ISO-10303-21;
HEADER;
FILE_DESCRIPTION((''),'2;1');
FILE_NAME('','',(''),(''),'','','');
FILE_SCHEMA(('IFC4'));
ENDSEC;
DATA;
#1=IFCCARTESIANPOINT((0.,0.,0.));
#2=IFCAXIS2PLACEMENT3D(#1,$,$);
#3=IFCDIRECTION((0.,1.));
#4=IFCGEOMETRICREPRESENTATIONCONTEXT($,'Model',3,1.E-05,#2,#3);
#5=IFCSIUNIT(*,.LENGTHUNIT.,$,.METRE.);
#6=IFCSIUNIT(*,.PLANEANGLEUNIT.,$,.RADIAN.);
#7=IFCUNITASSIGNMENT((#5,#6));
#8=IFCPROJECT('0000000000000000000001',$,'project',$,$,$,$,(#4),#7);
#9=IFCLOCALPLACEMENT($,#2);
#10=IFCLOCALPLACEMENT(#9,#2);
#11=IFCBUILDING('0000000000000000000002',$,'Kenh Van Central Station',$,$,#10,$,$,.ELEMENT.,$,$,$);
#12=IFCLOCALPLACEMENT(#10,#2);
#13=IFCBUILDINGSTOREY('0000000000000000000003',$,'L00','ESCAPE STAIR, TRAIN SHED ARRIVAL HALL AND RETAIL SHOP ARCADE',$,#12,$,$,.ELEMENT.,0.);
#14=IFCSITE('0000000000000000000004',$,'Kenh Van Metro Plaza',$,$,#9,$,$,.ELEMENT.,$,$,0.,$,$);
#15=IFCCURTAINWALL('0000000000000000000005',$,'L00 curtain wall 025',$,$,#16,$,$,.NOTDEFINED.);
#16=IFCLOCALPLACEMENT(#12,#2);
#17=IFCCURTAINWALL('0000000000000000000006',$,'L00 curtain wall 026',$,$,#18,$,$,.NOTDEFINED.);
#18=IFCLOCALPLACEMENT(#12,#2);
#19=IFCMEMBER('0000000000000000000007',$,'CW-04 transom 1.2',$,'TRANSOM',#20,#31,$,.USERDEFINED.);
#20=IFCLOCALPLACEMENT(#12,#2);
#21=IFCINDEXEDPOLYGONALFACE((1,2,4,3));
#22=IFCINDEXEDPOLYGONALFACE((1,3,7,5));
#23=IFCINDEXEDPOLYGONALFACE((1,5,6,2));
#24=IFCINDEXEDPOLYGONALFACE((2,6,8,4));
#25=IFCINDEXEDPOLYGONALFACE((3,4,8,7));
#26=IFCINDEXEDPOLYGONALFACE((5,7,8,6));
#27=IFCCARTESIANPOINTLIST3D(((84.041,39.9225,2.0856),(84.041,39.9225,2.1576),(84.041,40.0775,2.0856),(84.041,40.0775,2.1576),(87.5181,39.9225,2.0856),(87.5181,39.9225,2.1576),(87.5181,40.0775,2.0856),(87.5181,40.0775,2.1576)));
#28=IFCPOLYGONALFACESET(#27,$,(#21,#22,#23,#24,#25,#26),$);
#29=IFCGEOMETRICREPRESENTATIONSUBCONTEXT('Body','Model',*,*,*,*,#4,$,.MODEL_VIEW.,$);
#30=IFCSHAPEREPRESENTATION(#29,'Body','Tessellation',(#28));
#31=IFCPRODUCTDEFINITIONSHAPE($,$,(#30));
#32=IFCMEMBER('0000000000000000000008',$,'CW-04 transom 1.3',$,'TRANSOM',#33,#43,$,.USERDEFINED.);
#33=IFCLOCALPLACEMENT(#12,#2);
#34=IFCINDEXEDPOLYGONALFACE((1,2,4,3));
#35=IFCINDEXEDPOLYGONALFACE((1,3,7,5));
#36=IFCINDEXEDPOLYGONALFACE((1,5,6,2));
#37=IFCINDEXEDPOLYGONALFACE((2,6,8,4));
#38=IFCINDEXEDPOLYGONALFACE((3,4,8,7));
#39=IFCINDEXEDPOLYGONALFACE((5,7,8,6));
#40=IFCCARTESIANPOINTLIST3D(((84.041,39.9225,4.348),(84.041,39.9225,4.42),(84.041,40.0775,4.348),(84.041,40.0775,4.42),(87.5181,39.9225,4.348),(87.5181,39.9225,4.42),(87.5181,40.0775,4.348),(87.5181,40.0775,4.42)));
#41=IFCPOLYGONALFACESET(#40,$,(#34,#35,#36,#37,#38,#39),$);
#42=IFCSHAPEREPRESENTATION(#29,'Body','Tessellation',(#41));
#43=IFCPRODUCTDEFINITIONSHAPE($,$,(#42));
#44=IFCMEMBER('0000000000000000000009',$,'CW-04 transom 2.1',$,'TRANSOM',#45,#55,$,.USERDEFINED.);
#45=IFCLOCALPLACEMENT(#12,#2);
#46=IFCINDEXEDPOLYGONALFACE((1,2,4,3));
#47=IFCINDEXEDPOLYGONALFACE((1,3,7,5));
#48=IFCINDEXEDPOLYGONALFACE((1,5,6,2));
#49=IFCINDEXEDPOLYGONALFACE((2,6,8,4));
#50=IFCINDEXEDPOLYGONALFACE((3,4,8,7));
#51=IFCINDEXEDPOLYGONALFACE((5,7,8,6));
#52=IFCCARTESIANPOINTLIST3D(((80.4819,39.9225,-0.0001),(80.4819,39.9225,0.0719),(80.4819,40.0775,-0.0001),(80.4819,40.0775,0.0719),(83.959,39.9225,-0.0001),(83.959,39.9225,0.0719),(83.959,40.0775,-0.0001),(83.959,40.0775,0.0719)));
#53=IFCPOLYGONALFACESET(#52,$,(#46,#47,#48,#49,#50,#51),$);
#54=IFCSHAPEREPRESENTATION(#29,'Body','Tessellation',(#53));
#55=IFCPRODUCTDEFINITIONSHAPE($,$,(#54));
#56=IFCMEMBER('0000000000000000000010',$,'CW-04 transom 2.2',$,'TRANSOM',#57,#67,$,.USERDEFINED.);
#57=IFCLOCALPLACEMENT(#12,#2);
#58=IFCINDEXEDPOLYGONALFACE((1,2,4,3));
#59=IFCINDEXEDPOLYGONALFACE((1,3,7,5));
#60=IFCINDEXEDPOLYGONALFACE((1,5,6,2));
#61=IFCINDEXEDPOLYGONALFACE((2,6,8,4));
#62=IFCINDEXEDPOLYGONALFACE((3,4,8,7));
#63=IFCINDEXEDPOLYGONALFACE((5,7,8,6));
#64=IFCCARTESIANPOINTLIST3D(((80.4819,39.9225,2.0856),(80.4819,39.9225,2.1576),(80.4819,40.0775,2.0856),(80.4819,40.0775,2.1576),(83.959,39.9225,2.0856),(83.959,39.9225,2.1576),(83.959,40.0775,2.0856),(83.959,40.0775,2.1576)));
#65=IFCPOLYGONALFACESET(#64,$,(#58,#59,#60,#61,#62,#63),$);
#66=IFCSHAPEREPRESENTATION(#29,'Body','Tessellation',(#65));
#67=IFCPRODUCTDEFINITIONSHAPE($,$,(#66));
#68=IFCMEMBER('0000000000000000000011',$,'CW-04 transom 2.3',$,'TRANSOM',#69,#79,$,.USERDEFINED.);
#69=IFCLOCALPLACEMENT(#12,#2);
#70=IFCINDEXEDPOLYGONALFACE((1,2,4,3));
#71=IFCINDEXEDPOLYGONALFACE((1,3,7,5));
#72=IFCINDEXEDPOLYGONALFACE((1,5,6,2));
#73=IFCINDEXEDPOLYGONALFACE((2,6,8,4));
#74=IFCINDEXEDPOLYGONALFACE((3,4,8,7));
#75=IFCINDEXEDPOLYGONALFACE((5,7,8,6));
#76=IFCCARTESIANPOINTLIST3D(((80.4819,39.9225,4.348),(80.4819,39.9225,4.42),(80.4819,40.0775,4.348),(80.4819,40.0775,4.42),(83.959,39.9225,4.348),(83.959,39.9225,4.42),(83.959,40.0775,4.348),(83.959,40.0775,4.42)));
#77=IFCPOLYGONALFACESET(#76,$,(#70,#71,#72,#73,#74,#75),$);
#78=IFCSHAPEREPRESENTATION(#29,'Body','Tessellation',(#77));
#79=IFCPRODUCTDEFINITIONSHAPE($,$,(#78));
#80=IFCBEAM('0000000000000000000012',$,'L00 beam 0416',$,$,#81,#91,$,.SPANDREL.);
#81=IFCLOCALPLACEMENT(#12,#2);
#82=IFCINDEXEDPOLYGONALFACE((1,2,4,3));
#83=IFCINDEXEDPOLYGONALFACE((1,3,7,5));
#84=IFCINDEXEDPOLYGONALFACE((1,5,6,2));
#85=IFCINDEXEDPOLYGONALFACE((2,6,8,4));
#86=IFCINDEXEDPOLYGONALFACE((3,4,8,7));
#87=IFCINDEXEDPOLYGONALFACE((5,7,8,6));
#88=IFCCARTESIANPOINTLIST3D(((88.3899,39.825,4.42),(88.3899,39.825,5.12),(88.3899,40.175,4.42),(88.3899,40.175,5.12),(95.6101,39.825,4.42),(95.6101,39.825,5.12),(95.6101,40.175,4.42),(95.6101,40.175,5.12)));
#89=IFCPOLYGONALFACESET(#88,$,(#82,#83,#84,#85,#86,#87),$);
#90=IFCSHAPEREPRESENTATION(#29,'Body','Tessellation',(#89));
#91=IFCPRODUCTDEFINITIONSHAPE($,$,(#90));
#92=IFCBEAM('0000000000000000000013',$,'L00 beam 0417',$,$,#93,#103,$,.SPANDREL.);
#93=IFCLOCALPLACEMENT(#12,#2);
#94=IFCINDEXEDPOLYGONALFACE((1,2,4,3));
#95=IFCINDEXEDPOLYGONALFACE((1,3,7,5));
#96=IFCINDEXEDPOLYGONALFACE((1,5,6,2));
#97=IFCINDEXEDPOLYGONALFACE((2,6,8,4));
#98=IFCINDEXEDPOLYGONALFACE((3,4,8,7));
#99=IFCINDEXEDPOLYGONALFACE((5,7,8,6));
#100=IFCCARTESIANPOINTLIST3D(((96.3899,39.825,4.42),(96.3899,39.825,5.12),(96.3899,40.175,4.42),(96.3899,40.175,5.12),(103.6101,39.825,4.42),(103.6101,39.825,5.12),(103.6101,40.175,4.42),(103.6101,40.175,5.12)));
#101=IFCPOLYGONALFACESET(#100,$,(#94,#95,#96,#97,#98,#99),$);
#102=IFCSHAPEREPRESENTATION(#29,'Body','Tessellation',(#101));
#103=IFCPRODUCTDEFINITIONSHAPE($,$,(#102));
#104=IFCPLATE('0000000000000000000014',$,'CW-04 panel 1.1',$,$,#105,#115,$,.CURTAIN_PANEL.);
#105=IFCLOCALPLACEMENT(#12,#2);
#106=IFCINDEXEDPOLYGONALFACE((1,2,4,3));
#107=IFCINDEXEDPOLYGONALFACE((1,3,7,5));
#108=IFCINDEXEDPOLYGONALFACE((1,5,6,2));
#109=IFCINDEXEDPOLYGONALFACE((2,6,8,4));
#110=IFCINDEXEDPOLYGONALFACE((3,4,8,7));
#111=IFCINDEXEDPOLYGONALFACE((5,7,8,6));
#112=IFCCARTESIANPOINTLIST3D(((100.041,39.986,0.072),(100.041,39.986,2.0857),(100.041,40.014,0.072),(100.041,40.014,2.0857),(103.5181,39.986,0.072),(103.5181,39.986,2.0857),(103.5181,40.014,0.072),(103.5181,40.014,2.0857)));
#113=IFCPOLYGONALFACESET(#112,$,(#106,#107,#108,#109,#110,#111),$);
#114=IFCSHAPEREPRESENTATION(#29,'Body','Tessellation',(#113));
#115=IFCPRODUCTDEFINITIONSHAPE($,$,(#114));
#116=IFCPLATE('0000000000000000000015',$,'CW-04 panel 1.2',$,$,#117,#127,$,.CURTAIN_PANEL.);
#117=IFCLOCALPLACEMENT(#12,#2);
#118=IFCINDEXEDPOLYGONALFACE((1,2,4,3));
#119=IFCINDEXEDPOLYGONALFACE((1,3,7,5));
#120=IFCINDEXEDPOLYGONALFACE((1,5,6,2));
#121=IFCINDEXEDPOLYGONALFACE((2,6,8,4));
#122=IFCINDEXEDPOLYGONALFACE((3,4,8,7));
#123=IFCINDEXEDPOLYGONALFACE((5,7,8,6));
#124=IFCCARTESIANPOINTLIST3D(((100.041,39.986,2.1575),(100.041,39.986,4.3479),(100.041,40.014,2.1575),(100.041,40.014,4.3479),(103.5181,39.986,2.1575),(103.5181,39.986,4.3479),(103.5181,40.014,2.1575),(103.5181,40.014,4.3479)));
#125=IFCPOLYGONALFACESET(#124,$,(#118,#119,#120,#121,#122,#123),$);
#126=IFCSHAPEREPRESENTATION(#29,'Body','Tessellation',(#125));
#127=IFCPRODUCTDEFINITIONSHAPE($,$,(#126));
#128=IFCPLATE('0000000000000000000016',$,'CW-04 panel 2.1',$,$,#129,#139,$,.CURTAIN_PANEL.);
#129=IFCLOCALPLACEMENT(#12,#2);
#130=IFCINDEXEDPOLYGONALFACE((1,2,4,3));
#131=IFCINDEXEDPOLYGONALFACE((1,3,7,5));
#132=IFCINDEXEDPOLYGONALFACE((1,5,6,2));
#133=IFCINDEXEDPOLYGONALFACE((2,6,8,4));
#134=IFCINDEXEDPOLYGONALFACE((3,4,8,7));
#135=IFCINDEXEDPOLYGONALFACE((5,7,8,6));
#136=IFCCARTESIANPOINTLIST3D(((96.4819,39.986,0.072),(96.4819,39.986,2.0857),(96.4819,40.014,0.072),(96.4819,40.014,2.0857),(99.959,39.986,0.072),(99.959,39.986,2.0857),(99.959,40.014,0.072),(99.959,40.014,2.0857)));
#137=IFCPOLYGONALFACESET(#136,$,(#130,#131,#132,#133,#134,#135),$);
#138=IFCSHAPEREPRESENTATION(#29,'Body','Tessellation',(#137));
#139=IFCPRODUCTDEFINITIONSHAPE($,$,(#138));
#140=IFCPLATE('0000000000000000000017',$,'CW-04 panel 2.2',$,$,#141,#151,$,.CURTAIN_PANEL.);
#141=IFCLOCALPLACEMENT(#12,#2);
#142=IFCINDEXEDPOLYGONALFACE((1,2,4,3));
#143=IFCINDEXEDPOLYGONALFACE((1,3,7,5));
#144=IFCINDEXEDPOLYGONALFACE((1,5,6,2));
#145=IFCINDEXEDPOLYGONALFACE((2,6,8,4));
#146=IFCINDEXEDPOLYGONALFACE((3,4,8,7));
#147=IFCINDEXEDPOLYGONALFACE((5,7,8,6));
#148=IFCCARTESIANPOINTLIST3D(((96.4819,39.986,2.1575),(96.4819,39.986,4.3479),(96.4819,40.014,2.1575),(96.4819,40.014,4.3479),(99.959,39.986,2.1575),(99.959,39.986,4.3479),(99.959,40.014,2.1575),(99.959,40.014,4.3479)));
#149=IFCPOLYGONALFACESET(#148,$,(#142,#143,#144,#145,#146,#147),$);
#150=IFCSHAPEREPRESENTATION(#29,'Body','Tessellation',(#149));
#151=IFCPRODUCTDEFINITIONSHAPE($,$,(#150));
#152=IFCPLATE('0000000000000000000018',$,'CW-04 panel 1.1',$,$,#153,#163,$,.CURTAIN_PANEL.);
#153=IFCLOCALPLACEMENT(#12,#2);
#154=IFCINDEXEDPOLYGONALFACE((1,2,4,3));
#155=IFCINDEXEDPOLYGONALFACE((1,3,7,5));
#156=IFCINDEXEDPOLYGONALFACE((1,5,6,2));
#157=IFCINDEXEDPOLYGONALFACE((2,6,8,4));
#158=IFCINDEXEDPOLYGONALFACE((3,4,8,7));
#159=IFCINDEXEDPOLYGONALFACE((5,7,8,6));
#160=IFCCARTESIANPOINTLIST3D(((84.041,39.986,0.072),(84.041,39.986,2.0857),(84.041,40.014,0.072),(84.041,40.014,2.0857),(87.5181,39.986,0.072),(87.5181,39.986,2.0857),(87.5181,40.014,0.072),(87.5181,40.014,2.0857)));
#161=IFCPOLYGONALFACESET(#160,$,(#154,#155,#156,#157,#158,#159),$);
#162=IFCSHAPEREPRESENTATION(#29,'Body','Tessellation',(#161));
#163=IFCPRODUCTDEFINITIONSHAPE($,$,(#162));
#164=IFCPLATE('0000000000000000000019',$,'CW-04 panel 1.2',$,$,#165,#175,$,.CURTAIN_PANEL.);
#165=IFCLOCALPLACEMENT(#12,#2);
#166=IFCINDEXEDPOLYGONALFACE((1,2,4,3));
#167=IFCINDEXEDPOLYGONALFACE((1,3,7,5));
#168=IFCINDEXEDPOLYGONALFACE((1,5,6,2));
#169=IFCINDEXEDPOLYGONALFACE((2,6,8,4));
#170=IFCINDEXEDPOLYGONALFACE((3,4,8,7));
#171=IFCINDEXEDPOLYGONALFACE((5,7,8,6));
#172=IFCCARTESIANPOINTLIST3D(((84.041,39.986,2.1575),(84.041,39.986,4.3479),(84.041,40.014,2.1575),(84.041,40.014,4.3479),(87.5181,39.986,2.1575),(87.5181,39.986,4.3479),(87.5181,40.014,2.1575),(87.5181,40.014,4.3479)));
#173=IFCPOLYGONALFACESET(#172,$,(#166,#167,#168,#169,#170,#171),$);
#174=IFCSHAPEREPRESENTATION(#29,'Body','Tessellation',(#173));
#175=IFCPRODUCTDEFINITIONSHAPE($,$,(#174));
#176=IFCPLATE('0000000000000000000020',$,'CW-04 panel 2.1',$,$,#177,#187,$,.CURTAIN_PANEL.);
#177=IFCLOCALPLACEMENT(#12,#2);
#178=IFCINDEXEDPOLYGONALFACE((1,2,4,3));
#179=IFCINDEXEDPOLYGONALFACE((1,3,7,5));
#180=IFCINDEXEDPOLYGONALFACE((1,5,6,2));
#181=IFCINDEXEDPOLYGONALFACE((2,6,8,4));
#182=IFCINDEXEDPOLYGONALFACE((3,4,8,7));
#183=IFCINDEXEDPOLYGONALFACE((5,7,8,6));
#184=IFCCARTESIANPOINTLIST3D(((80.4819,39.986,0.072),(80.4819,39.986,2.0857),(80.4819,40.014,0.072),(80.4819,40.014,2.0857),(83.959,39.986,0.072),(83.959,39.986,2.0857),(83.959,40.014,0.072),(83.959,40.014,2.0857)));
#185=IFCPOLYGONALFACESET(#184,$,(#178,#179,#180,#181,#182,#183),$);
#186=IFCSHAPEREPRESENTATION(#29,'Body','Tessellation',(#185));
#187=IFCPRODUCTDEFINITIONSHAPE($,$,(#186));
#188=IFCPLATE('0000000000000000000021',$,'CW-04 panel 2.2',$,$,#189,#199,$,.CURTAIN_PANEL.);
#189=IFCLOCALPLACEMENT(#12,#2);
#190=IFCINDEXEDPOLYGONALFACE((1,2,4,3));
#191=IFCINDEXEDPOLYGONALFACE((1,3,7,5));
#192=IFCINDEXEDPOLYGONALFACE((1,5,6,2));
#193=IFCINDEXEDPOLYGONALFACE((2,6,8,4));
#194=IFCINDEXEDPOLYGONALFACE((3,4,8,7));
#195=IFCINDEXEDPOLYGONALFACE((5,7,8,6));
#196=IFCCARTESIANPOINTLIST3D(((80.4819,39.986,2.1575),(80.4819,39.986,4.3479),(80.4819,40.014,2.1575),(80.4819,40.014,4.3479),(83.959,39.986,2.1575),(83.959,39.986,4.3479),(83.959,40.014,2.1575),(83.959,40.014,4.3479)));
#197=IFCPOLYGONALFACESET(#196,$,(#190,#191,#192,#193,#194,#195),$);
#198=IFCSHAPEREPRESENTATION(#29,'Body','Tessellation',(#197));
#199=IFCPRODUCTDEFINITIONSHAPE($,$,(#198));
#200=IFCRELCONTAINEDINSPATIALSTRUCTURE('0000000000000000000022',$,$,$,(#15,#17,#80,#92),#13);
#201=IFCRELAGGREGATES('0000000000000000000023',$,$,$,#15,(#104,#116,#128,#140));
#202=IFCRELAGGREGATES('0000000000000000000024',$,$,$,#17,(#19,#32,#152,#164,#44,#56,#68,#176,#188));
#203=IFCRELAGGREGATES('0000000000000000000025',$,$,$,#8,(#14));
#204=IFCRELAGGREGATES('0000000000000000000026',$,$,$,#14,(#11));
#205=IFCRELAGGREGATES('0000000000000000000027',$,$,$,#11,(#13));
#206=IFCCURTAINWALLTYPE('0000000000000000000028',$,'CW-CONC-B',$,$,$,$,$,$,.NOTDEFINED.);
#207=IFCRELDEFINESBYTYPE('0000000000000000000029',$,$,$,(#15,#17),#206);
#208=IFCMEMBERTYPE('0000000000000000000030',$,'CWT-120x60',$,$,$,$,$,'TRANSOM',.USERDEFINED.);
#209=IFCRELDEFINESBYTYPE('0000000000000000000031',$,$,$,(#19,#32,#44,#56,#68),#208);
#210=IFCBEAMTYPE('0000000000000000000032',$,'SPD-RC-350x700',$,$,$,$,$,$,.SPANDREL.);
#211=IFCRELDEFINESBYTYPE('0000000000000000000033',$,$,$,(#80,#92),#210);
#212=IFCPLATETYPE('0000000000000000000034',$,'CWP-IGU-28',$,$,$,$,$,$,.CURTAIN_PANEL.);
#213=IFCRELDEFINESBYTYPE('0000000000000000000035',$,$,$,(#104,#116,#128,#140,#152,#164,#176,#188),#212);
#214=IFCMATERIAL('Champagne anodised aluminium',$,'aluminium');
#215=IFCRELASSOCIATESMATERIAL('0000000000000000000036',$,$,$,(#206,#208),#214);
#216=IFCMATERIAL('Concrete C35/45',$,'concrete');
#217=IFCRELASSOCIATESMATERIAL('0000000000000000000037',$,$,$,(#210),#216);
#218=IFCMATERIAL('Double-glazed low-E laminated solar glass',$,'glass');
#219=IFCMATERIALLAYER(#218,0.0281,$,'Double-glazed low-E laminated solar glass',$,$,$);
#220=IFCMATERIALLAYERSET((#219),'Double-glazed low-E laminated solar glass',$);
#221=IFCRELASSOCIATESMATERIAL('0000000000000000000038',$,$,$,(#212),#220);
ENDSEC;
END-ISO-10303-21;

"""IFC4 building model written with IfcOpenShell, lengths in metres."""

from ifc_helpers import new_model, si_unit, direction, frame, origin, origin_2d, place, context, subcontext, project, spatial, rectangle, extrude, material, layer, layer_set, material_profile, profile_set, type_object, element, aggregate, save


model = new_model("IFC4")

# Units and contexts
model_context = context("Model", 3, precision=1e-05, world=origin(), true_north=direction((0.0, 1.0)))
body_context = subcontext(model_context, "Body", "Model", "MODEL_VIEW")
ifc_project = project(units=[si_unit("LENGTHUNIT", "METRE"), si_unit("PLANEANGLEUNIT", "RADIAN")], contexts=[model_context])

# Site, building, storey
site_placement = place(None, origin())
site = spatial("IfcSite", under=ifc_project, at=site_placement, Name="Kenh Van Metro Plaza", CompositionType="ELEMENT", RefElevation=0.0)
building_placement = place(site_placement, origin())
building = spatial("IfcBuilding", under=site, at=building_placement, Name="Kenh Van Central Station", CompositionType="ELEMENT")
storey_placement = place(building_placement, origin())
storey = spatial("IfcBuildingStorey", under=building, at=storey_placement, Name="L00", Description="ESCAPE STAIR, TRAIN SHED ARRIVAL HALL AND RETAIL SHOP ARCADE", CompositionType="ELEMENT", Elevation=0.0)

# Curtain walls
ifc_material_1 = material(Name="Champagne anodised aluminium", Category="aluminium")
curtain_wall_type = type_object("IfcCurtainWallType", Name="CW-CONC-B", PredefinedType="NOTDEFINED", material=ifc_material_1)
curtain_wall_1_placement = place(storey_placement, origin())
curtain_wall_1 = element("IfcCurtainWall", 1, at=curtain_wall_1_placement, inside=storey, type_object=curtain_wall_type, Name="L00 curtain wall 025", PredefinedType="NOTDEFINED")
curtain_wall_2_placement = place(storey_placement, origin())
curtain_wall_2 = element("IfcCurtainWall", 2, at=curtain_wall_2_placement, inside=storey, type_object=curtain_wall_type, Name="L00 curtain wall 026", PredefinedType="NOTDEFINED")

# Members
ifc_material_profile_1 = material_profile(ifc_material_1, rectangle(XDim=0.155, YDim=0.072, at=origin_2d()), Name="AL 155x72")
ifc_profile_set_1 = profile_set([ifc_material_profile_1], Name="Champagne anodised aluminium")
member_type_1 = type_object("IfcMemberType", Name="CWT-120x60", ElementType="TRANSOM", PredefinedType="USERDEFINED", material=ifc_profile_set_1)
member_1_placement = place(storey_placement, frame((87.5181, 40.0, 2.1216), z_axis=(-1.0, 0.0, 0.0), x_axis=(0.0, -1.0, 0.0)))
member_1 = element("IfcMember", 3, at=member_1_placement, type_object=member_type_1, Name="CW-04 transom 1.2", ObjectType="TRANSOM", PredefinedType="USERDEFINED", context=body_context, shape_type="SweptSolid", body=[
    extrude(rectangle(XDim=0.155, YDim=0.072, at=origin_2d()), origin(), (0.0, 0.0, 1.0), 3.4771),
])
member_2_placement = place(storey_placement, frame((87.5181, 40.0, 4.384), z_axis=(-1.0, 0.0, 0.0), x_axis=(0.0, -1.0, 0.0)))
member_2 = element("IfcMember", 4, at=member_2_placement, type_object=member_type_1, Name="CW-04 transom 1.3", ObjectType="TRANSOM", PredefinedType="USERDEFINED", context=body_context, shape_type="SweptSolid", body=[
    extrude(rectangle(XDim=0.155, YDim=0.072, at=origin_2d()), origin(), (0.0, 0.0, 1.0), 3.4771),
])
member_3_placement = place(storey_placement, frame((83.959, 40.0, 0.0359), z_axis=(-1.0, 0.0, 0.0), x_axis=(0.0, -1.0, 0.0)))
member_3 = element("IfcMember", 5, at=member_3_placement, type_object=member_type_1, Name="CW-04 transom 2.1", ObjectType="TRANSOM", PredefinedType="USERDEFINED", context=body_context, shape_type="SweptSolid", body=[
    extrude(rectangle(XDim=0.155, YDim=0.072, at=origin_2d()), origin(), (0.0, 0.0, 1.0), 3.4771),
])
member_4_placement = place(storey_placement, frame((83.959, 40.0, 2.1216), z_axis=(-1.0, 0.0, 0.0), x_axis=(0.0, -1.0, 0.0)))
member_4 = element("IfcMember", 6, at=member_4_placement, type_object=member_type_1, Name="CW-04 transom 2.2", ObjectType="TRANSOM", PredefinedType="USERDEFINED", context=body_context, shape_type="SweptSolid", body=[
    extrude(rectangle(XDim=0.155, YDim=0.072, at=origin_2d()), origin(), (0.0, 0.0, 1.0), 3.4771),
])
member_5_placement = place(storey_placement, frame((83.959, 40.0, 4.384), z_axis=(-1.0, 0.0, 0.0), x_axis=(0.0, -1.0, 0.0)))
member_5 = element("IfcMember", 7, at=member_5_placement, type_object=member_type_1, Name="CW-04 transom 2.3", ObjectType="TRANSOM", PredefinedType="USERDEFINED", context=body_context, shape_type="SweptSolid", body=[
    extrude(rectangle(XDim=0.155, YDim=0.072, at=origin_2d()), origin(), (0.0, 0.0, 1.0), 3.4771),
])

# Beams
ifc_material_2 = material(Name="Concrete C35/45", Category="concrete")
ifc_material_profile_2 = material_profile(ifc_material_2, rectangle(XDim=0.3501, YDim=0.7, at=origin_2d()), Name="RC 350x700")
ifc_profile_set_2 = profile_set([ifc_material_profile_2], Name="Concrete C35/45")
beam_type = type_object("IfcBeamType", Name="SPD-RC-350x700", PredefinedType="SPANDREL", material=ifc_profile_set_2)
for number, where, z_axis, x_axis, name in (
    (8, (88.3899, 40.0, 4.77), (1.0, 0.0, 0.0), (0.0, 1.0, 0.0), "L00 beam 0416"),
    (9, (96.3899, 40.0, 4.77), (1.0, 0.0, 0.0), (0.0, 1.0, 0.0), "L00 beam 0417"),
):
    element("IfcBeam", number, at=place(storey_placement, frame(where, z_axis=z_axis, x_axis=x_axis)), inside=storey, type_object=beam_type, Name=name, PredefinedType="SPANDREL", context=body_context, shape_type="SweptSolid", body=[
        extrude(rectangle(XDim=0.3501, YDim=0.7, at=origin_2d()), origin(), (0.0, 0.0, 1.0), 7.2202),
    ])

# Plates
ifc_material_3 = material(Name="Double-glazed low-E laminated solar glass", Category="glass")
ifc_layer_1 = layer(ifc_material_3, 0.0281, Name="Double-glazed low-E laminated solar glass")
ifc_layer_set_1 = layer_set([ifc_layer_1], Name="Double-glazed low-E laminated solar glass")
plate_type = type_object("IfcPlateType", Name="CWP-IGU-28", PredefinedType="CURTAIN_PANEL", material=ifc_layer_set_1)
plate_1_placement = place(storey_placement, frame((101.7795, 40.0, 0.072), z_axis=(0.0, 0.0, 1.0), x_axis=(-1.0, 0.0, 0.0)))
plate_1 = element("IfcPlate", 10, at=plate_1_placement, type_object=plate_type, Name="CW-04 panel 1.1", PredefinedType="CURTAIN_PANEL", context=body_context, shape_type="SweptSolid", body=[
    extrude(rectangle(XDim=3.4771, YDim=0.0281, at=origin_2d()), origin(), (0.0, 0.0, 1.0), 2.0137),
])
plate_2_placement = place(storey_placement, frame((101.7795, 40.0, 2.1575), z_axis=(0.0, 0.0, 1.0), x_axis=(-1.0, 0.0, 0.0)))
plate_2 = element("IfcPlate", 11, at=plate_2_placement, type_object=plate_type, Name="CW-04 panel 1.2", PredefinedType="CURTAIN_PANEL", context=body_context, shape_type="SweptSolid", body=[
    extrude(rectangle(XDim=3.4771, YDim=0.0281, at=origin_2d()), origin(), (0.0, 0.0, 1.0), 2.1904),
])
plate_3_placement = place(storey_placement, frame((98.2205, 40.0, 0.072), z_axis=(0.0, 0.0, 1.0), x_axis=(-1.0, 0.0, 0.0)))
plate_3 = element("IfcPlate", 12, at=plate_3_placement, type_object=plate_type, Name="CW-04 panel 2.1", PredefinedType="CURTAIN_PANEL", context=body_context, shape_type="SweptSolid", body=[
    extrude(rectangle(XDim=3.4771, YDim=0.0281, at=origin_2d()), origin(), (0.0, 0.0, 1.0), 2.0137),
])
plate_4_placement = place(storey_placement, frame((98.2205, 40.0, 2.1575), z_axis=(0.0, 0.0, 1.0), x_axis=(-1.0, 0.0, 0.0)))
plate_4 = element("IfcPlate", 13, at=plate_4_placement, type_object=plate_type, Name="CW-04 panel 2.2", PredefinedType="CURTAIN_PANEL", context=body_context, shape_type="SweptSolid", body=[
    extrude(rectangle(XDim=3.4771, YDim=0.0281, at=origin_2d()), origin(), (0.0, 0.0, 1.0), 2.1904),
])
aggregate(curtain_wall_1, [plate_1, plate_2, plate_3, plate_4])
plate_5_placement = place(storey_placement, frame((85.7795, 40.0, 0.072), z_axis=(0.0, 0.0, 1.0), x_axis=(-1.0, 0.0, 0.0)))
plate_5 = element("IfcPlate", 14, at=plate_5_placement, type_object=plate_type, Name="CW-04 panel 1.1", PredefinedType="CURTAIN_PANEL", context=body_context, shape_type="SweptSolid", body=[
    extrude(rectangle(XDim=3.4771, YDim=0.0281, at=origin_2d()), origin(), (0.0, 0.0, 1.0), 2.0137),
])
plate_6_placement = place(storey_placement, frame((85.7795, 40.0, 2.1575), z_axis=(0.0, 0.0, 1.0), x_axis=(-1.0, 0.0, 0.0)))
plate_6 = element("IfcPlate", 15, at=plate_6_placement, type_object=plate_type, Name="CW-04 panel 1.2", PredefinedType="CURTAIN_PANEL", context=body_context, shape_type="SweptSolid", body=[
    extrude(rectangle(XDim=3.4771, YDim=0.0281, at=origin_2d()), origin(), (0.0, 0.0, 1.0), 2.1904),
])
plate_7_placement = place(storey_placement, frame((82.2205, 40.0, 0.072), z_axis=(0.0, 0.0, 1.0), x_axis=(-1.0, 0.0, 0.0)))
plate_7 = element("IfcPlate", 16, at=plate_7_placement, type_object=plate_type, Name="CW-04 panel 2.1", PredefinedType="CURTAIN_PANEL", context=body_context, shape_type="SweptSolid", body=[
    extrude(rectangle(XDim=3.4771, YDim=0.0281, at=origin_2d()), origin(), (0.0, 0.0, 1.0), 2.0137),
])
plate_8_placement = place(storey_placement, frame((82.2205, 40.0, 2.1575), z_axis=(0.0, 0.0, 1.0), x_axis=(-1.0, 0.0, 0.0)))
plate_8 = element("IfcPlate", 17, at=plate_8_placement, type_object=plate_type, Name="CW-04 panel 2.2", PredefinedType="CURTAIN_PANEL", context=body_context, shape_type="SweptSolid", body=[
    extrude(rectangle(XDim=3.4771, YDim=0.0281, at=origin_2d()), origin(), (0.0, 0.0, 1.0), 2.1904),
])
aggregate(curtain_wall_2, [member_1, member_2, plate_5, plate_6, member_3, member_4, member_5, plate_7, plate_8])

save(model, "model.ifc")
